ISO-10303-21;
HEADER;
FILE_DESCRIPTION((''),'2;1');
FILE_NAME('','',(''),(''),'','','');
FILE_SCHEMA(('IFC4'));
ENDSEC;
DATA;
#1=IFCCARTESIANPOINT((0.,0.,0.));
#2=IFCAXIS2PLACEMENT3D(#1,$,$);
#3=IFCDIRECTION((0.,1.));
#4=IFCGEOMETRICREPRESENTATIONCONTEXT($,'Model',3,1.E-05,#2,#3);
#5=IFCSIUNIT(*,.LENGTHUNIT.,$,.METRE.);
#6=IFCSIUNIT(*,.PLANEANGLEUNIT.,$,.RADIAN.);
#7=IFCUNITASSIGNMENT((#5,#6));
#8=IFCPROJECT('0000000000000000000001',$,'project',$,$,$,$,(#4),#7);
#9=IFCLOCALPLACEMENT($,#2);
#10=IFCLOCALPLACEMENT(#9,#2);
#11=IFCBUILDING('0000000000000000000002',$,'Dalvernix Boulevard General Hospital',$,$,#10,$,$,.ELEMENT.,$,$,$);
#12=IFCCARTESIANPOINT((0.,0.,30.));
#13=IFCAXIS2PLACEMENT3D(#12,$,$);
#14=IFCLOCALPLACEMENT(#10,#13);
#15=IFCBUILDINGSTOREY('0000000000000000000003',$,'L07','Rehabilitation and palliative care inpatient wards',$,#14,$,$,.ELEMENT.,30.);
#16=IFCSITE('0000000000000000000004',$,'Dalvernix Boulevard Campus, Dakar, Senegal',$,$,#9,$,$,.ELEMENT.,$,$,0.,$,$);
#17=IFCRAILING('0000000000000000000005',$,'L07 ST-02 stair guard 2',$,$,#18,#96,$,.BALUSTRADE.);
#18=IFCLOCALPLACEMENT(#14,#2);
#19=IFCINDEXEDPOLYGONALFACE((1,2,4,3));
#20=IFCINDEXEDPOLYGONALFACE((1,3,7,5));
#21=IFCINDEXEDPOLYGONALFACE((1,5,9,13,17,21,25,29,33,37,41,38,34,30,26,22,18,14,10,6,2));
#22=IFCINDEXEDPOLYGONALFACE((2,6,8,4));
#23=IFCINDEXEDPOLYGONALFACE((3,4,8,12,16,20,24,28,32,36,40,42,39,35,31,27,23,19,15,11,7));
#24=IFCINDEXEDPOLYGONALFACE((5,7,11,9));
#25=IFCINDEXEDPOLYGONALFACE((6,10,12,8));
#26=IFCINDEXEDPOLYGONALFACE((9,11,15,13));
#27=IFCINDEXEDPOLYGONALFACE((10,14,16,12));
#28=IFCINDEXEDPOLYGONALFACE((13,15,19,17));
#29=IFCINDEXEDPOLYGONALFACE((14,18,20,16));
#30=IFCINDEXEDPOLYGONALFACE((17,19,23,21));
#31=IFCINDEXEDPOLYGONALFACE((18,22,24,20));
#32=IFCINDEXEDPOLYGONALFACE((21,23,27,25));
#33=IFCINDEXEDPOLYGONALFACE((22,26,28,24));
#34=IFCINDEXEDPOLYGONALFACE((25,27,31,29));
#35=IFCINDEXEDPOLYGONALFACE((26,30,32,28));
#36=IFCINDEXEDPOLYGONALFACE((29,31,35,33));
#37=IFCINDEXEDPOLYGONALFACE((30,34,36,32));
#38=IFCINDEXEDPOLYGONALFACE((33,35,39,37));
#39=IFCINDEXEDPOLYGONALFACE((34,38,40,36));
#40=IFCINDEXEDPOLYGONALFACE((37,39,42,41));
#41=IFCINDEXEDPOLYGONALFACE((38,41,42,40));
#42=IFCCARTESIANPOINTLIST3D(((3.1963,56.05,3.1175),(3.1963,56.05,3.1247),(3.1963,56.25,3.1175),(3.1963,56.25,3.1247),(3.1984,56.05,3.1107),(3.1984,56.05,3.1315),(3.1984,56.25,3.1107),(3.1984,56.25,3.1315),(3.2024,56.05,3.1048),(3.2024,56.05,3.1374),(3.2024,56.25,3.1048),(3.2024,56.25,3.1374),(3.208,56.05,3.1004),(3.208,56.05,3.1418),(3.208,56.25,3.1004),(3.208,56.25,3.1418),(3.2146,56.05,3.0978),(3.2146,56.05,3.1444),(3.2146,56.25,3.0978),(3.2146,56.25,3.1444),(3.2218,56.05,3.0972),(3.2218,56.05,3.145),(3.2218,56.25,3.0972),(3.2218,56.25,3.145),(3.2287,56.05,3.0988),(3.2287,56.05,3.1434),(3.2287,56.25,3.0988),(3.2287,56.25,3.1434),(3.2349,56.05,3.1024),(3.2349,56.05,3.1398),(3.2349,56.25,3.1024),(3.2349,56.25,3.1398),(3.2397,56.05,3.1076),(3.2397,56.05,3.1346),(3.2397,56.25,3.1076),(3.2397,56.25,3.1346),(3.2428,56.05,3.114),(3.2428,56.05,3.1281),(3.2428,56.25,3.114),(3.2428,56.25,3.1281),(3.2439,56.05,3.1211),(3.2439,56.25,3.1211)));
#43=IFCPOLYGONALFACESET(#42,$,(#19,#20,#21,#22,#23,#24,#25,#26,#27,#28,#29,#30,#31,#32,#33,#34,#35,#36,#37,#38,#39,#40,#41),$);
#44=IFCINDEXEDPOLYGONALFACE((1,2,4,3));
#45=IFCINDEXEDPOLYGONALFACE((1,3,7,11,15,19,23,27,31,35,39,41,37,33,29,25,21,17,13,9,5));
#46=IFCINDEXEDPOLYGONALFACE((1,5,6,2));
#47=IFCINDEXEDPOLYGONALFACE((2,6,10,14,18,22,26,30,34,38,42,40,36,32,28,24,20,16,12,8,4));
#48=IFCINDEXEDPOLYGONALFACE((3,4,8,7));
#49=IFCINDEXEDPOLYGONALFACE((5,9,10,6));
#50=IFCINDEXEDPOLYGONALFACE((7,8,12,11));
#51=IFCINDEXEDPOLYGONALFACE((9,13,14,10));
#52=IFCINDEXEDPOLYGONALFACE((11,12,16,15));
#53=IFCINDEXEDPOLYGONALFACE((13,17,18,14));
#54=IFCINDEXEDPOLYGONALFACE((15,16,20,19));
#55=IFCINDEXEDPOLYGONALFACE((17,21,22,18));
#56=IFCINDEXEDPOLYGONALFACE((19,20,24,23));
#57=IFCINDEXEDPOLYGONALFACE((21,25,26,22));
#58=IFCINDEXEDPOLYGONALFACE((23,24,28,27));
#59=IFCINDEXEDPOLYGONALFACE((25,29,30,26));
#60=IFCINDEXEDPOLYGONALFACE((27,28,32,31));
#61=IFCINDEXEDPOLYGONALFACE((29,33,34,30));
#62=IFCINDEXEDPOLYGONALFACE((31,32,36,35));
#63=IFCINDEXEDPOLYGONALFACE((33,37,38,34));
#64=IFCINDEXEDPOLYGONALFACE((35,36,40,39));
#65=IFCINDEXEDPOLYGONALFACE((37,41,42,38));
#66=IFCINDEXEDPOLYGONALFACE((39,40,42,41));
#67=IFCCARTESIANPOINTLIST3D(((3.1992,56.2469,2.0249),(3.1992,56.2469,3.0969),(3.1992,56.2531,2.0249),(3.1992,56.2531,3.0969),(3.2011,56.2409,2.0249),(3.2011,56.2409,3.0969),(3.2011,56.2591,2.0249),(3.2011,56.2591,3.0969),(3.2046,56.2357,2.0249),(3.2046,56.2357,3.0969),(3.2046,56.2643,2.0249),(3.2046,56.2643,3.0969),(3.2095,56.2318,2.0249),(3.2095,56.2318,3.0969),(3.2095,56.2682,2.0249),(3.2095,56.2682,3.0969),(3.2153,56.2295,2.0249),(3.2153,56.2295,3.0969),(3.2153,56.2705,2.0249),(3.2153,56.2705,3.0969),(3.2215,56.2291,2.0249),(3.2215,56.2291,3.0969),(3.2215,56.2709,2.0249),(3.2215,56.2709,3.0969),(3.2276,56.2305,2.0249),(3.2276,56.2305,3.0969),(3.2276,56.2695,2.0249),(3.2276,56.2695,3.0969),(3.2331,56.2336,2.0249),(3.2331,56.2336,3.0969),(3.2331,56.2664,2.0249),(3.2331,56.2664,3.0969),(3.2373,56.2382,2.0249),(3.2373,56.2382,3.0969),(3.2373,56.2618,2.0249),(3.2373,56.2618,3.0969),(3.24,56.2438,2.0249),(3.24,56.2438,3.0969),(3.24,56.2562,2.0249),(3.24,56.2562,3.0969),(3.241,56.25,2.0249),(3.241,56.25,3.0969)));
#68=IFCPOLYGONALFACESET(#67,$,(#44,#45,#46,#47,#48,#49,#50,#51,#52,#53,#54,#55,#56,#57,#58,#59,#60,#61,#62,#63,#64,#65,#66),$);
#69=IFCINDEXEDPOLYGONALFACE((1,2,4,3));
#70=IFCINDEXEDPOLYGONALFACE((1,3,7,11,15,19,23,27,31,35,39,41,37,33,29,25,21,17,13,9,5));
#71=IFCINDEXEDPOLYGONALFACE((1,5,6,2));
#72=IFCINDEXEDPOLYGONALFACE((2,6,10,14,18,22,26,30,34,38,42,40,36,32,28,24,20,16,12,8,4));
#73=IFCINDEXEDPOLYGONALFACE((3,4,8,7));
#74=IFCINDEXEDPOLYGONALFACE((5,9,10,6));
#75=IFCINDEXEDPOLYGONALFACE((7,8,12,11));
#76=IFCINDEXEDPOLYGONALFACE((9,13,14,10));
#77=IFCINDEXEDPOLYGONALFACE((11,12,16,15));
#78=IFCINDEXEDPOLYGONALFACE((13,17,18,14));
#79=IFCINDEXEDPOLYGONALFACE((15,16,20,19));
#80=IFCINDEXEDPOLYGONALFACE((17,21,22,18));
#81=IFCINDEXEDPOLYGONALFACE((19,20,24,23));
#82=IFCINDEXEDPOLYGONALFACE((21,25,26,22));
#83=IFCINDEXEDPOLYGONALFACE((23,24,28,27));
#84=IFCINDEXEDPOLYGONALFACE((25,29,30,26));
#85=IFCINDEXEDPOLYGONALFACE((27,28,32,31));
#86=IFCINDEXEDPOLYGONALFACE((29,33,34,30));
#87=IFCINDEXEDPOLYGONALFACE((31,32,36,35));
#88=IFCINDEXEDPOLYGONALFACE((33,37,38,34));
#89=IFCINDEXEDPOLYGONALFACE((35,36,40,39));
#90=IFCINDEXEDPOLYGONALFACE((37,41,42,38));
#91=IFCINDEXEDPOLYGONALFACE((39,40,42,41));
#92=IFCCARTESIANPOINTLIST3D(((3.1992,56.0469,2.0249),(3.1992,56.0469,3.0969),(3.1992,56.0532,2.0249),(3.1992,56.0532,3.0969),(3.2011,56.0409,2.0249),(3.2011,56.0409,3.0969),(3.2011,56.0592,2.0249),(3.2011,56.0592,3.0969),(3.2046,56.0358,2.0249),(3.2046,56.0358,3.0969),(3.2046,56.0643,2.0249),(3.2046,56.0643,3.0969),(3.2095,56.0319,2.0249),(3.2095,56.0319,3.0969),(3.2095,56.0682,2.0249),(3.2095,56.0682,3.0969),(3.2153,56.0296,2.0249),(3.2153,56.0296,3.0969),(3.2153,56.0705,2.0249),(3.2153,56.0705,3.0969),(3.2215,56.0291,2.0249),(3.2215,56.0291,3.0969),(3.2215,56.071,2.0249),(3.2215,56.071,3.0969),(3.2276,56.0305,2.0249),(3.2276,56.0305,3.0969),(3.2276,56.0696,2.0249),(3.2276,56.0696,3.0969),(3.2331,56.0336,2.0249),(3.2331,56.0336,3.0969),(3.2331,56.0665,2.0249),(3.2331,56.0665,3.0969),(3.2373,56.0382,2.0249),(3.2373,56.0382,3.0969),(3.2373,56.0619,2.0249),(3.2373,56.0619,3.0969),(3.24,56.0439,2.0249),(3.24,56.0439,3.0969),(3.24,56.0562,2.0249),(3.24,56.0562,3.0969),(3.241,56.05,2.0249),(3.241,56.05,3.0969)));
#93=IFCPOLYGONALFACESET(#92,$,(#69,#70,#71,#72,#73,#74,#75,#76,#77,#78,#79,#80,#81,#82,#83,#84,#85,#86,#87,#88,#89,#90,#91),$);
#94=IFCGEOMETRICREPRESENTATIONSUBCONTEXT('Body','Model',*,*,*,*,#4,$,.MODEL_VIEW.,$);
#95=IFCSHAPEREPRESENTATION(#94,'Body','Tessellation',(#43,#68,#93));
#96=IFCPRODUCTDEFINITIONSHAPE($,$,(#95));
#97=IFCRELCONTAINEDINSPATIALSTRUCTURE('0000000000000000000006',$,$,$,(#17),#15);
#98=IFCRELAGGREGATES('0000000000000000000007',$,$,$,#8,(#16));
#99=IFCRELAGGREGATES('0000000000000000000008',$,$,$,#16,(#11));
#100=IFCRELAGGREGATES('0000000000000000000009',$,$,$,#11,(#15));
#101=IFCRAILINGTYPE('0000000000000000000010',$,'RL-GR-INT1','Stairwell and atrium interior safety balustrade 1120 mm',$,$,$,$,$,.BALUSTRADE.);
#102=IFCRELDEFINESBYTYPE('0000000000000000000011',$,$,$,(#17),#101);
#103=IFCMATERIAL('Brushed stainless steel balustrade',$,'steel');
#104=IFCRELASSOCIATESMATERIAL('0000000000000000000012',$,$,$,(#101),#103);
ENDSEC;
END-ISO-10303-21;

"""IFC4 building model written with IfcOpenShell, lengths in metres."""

from ifc_helpers import new_model, si_unit, direction, frame, origin, origin_2d, place, context, subcontext, project, spatial, circle, extrude, material, type_object, element, save


model = new_model("IFC4")

# Units and contexts
model_context = context("Model", 3, precision=1e-05, world=origin(), true_north=direction((0.0, 1.0)))
body_context = subcontext(model_context, "Body", "Model", "MODEL_VIEW")
ifc_project = project(units=[si_unit("LENGTHUNIT", "METRE"), si_unit("PLANEANGLEUNIT", "RADIAN")], contexts=[model_context])

# Site, building, storey
site_placement = place(None, origin())
site = spatial("IfcSite", under=ifc_project, at=site_placement, Name="Dalvernix Boulevard Campus, Dakar, Senegal", CompositionType="ELEMENT", RefElevation=0.0)
building_placement = place(site_placement, origin())
building = spatial("IfcBuilding", under=site, at=building_placement, Name="Dalvernix Boulevard General Hospital", CompositionType="ELEMENT")
storey_placement = place(building_placement, frame((0.0, 0.0, 30.0)))
storey = spatial("IfcBuildingStorey", under=building, at=storey_placement, Name="L07", Description="Rehabilitation and palliative care inpatient wards", CompositionType="ELEMENT", Elevation=30.0)

# Railing
ifc_material_1 = material(Name="Brushed stainless steel balustrade", Category="steel")
railing_type_1 = type_object("IfcRailingType", Name="RL-GR-INT1", Description="Stairwell and atrium interior safety balustrade 1120 mm", PredefinedType="BALUSTRADE", material=ifc_material_1)
railing_1_placement = place(storey_placement, frame((3.22, 56.25, 2.0249)))
element("IfcRailing", 1, at=railing_1_placement, inside=storey, type_object=railing_type_1, Name="L07 ST-02 stair guard 2", PredefinedType="BALUSTRADE", context=body_context, shape_type="SweptSolid", body=[
    extrude(circle(Radius=0.0239, at=origin_2d()), frame((0.0, 0.0, 1.0962), z_axis=(0.0, -1.0, 0.0), x_axis=(1.0, 0.0, 0.0)), (0.0, 0.0, 1.0), 0.2),
    extrude(circle(Radius=0.021, at=origin_2d()), origin(), (0.0, 0.0, 1.0), 1.072),
    extrude(circle(Radius=0.021, at=origin_2d()), frame((0.0, -0.2, 0.0)), (0.0, 0.0, 1.0), 1.072),
])

save(model, "model.ifc")
